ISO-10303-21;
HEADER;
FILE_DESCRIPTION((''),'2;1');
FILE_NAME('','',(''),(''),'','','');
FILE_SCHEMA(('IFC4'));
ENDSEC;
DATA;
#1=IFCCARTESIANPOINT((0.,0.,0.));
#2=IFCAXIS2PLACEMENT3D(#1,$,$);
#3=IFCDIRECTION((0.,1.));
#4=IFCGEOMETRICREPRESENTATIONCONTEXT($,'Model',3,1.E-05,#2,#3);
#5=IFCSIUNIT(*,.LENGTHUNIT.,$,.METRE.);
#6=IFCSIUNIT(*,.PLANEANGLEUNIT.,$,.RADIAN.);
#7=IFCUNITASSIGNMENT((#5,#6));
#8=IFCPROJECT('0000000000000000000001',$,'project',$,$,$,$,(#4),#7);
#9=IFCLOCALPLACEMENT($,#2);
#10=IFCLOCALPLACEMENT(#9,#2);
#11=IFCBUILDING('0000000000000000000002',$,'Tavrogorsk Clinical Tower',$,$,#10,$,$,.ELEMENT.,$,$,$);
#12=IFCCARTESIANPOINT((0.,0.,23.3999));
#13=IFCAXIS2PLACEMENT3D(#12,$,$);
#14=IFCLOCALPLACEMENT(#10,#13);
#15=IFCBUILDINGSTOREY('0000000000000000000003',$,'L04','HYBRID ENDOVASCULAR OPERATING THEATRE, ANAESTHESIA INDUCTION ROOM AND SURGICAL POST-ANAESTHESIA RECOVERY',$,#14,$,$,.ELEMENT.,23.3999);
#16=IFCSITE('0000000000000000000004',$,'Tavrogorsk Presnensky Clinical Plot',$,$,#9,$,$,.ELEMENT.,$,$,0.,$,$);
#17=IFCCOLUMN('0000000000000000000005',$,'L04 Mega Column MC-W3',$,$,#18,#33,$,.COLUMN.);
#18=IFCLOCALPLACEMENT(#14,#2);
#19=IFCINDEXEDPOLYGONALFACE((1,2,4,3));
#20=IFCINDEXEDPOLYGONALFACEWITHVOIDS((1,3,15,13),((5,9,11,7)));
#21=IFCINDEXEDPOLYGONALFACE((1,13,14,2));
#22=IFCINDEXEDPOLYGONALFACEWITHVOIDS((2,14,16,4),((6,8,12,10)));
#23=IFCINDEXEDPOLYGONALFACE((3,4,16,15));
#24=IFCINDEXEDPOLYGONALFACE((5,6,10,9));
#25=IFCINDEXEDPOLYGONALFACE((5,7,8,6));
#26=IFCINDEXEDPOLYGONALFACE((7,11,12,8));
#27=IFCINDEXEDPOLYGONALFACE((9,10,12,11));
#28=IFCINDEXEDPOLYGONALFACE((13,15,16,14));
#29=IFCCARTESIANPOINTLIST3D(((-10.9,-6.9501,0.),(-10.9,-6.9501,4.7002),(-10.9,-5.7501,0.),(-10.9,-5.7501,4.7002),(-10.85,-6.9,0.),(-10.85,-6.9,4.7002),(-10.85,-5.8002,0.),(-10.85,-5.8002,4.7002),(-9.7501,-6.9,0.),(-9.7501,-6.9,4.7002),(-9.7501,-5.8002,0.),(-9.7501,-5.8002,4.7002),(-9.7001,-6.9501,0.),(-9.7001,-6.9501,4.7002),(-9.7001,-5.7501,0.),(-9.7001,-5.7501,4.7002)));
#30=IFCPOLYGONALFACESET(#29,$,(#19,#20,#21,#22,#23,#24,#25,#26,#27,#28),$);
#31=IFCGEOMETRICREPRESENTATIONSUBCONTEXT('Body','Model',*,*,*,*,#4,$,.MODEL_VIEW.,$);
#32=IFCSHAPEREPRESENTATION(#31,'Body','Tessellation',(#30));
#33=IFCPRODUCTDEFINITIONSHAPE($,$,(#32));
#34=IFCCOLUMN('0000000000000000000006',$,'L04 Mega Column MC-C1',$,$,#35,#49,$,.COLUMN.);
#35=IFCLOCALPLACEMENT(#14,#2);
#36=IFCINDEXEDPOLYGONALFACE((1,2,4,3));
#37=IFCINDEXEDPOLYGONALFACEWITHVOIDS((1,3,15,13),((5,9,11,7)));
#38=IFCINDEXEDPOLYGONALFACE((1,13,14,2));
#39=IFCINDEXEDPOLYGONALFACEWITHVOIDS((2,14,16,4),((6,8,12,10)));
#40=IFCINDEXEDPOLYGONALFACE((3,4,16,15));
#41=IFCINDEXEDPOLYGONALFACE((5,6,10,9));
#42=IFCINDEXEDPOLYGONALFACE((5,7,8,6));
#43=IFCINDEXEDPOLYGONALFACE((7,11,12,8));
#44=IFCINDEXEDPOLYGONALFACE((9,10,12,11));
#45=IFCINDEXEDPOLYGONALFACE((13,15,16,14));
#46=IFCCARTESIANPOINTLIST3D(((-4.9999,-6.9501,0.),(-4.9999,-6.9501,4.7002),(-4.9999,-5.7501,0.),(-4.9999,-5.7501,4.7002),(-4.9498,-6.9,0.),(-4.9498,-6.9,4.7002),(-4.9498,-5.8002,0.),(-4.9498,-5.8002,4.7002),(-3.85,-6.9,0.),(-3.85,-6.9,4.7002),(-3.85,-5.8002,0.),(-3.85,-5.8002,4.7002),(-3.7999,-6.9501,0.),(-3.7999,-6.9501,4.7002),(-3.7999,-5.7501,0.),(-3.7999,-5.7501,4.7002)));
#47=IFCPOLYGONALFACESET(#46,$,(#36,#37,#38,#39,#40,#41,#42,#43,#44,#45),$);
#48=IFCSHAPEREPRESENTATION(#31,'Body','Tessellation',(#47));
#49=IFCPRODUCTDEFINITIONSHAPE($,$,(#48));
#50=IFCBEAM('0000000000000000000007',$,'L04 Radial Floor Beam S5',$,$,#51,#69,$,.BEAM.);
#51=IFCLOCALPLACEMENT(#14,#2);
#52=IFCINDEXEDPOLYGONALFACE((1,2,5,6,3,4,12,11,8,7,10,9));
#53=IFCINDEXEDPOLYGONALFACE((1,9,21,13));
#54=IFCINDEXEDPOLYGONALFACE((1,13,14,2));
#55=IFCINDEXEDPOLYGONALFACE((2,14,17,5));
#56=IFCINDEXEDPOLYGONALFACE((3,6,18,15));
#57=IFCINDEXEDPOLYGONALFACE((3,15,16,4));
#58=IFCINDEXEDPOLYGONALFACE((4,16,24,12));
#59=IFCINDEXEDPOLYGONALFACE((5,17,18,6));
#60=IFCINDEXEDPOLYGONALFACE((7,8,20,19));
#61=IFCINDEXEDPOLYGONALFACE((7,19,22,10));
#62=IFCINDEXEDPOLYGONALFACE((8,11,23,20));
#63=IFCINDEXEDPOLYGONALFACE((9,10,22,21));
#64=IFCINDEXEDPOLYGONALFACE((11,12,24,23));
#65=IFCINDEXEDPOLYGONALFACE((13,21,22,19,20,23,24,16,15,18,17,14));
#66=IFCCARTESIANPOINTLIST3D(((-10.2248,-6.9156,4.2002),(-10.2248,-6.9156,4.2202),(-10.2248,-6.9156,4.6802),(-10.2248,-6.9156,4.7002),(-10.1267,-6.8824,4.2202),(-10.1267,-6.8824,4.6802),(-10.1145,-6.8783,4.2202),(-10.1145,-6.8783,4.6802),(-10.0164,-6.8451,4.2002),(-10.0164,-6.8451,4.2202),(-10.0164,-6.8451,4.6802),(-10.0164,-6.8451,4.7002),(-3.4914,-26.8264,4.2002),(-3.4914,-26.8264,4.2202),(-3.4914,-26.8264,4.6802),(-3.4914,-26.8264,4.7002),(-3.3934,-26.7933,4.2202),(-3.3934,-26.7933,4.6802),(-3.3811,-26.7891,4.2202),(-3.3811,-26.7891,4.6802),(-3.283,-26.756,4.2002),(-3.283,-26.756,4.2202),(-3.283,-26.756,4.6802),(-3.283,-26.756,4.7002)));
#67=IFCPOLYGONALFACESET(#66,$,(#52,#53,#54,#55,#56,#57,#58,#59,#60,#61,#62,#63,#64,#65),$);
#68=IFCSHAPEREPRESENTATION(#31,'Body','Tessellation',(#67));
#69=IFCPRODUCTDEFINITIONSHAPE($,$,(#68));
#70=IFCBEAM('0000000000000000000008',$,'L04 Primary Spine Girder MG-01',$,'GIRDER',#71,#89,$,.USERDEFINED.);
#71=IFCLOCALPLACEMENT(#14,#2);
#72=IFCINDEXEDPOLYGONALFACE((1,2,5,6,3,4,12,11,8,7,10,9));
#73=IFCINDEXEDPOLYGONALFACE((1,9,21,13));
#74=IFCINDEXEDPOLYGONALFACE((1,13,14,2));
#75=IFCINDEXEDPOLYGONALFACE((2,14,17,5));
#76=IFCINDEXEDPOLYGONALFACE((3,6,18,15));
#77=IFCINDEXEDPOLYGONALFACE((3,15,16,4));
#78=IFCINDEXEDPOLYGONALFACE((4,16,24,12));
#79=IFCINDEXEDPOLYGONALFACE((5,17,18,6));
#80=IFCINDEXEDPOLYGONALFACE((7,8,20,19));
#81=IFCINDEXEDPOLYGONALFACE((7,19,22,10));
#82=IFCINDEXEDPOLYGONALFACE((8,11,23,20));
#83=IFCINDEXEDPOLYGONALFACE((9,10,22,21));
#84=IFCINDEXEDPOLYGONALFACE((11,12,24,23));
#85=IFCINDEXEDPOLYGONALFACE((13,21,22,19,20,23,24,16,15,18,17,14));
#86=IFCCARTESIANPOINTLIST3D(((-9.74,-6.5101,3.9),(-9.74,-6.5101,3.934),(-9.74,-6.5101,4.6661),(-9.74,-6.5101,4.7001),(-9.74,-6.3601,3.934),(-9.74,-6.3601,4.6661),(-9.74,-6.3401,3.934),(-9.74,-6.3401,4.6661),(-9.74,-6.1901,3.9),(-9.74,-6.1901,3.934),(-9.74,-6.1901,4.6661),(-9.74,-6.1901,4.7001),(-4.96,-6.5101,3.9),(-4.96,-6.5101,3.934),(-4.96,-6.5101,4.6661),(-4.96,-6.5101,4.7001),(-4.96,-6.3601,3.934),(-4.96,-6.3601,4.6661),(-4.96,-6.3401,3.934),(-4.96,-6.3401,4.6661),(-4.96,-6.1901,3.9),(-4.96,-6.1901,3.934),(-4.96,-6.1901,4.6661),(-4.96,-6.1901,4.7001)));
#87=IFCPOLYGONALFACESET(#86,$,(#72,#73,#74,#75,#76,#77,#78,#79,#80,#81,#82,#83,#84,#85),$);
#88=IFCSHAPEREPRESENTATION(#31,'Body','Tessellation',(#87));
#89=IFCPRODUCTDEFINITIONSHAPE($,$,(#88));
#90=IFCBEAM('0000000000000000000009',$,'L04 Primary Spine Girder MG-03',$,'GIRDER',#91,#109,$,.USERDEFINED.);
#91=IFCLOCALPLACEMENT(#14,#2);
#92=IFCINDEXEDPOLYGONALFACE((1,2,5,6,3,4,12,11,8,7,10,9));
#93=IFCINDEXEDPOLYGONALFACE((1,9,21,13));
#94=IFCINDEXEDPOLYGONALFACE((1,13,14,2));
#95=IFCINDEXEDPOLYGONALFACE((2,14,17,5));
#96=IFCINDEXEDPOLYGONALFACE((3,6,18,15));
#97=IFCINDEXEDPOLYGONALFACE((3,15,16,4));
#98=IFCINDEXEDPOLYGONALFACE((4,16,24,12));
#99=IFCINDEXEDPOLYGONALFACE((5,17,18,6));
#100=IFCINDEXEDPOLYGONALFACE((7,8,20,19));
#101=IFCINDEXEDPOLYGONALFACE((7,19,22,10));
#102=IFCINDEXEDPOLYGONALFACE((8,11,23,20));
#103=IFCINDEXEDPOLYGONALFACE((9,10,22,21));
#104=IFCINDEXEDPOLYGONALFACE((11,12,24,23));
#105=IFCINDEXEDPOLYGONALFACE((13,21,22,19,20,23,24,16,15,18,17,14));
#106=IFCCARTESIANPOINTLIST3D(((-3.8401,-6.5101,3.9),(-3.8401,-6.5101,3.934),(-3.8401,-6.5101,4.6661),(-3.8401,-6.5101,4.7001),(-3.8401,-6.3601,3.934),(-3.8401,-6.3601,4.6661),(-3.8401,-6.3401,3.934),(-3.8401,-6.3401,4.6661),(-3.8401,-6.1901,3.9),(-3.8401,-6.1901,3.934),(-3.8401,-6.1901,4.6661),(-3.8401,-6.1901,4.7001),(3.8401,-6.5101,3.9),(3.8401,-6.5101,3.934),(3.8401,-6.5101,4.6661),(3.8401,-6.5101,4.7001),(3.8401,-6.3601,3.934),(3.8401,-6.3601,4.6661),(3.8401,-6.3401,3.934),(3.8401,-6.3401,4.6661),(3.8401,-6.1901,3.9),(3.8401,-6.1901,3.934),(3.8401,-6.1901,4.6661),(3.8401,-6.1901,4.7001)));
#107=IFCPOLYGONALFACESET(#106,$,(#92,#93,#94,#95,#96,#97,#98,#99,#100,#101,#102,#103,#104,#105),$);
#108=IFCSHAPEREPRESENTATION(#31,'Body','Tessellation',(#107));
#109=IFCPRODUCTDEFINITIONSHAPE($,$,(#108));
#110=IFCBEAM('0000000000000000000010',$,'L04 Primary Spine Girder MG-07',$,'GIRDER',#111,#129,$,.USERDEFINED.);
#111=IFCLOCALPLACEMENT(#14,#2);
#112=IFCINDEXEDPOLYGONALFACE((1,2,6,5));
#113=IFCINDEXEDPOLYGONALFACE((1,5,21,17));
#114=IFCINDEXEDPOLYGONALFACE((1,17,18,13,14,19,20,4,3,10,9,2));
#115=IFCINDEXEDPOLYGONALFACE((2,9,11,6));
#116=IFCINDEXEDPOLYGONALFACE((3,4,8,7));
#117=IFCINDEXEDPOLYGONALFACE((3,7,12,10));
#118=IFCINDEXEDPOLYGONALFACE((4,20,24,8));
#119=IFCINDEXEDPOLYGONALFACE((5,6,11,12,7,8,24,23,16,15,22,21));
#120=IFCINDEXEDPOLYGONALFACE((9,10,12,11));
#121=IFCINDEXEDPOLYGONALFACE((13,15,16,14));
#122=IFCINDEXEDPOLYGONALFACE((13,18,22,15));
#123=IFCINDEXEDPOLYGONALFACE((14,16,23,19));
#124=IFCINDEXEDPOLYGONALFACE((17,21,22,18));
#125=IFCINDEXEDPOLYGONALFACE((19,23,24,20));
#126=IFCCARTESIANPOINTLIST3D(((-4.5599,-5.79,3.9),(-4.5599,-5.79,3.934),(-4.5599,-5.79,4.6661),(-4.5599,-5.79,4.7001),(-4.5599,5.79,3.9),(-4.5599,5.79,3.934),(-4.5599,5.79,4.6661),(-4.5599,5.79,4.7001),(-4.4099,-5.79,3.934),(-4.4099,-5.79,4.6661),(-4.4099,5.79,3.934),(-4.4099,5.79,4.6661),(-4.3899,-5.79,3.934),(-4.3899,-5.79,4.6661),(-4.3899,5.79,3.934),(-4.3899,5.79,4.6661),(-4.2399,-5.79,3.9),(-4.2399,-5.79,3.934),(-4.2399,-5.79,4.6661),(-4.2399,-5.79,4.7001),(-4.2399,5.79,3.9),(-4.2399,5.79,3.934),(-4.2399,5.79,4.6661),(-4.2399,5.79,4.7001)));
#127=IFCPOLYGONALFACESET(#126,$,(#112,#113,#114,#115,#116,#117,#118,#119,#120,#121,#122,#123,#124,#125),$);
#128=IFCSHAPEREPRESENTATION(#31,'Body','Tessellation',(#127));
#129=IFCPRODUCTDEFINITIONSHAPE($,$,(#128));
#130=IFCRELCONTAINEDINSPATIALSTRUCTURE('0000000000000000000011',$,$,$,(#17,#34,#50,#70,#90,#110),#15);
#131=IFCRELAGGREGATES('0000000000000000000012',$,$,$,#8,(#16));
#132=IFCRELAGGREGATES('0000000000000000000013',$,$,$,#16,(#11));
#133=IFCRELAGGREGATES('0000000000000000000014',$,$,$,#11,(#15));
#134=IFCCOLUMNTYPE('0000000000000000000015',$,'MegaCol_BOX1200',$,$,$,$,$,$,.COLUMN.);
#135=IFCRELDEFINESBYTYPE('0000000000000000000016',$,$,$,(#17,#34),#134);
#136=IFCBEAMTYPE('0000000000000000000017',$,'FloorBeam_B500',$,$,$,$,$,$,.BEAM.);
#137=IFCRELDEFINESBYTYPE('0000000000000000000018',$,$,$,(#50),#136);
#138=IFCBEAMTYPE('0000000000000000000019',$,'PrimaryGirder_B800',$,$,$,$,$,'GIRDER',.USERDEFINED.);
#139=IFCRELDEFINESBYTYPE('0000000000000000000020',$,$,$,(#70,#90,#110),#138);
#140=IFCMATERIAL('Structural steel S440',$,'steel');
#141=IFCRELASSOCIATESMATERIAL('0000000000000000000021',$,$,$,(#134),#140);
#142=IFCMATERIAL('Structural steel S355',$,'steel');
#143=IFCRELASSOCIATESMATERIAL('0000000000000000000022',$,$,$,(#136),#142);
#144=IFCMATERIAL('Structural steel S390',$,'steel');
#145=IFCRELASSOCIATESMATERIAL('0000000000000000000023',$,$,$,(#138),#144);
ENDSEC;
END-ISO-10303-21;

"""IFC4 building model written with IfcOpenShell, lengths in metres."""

from ifc_helpers import new_model, si_unit, direction, frame, origin, origin_2d, place, context, subcontext, project, spatial, hollow_rectangle, i_section, extrude, material, material_profile, profile_set, type_object, element, save


model = new_model("IFC4")

# Units and contexts
model_context = context("Model", 3, precision=1e-05, world=origin(), true_north=direction((0.0, 1.0)))
body_context = subcontext(model_context, "Body", "Model", "MODEL_VIEW")
ifc_project = project(units=[si_unit("LENGTHUNIT", "METRE"), si_unit("PLANEANGLEUNIT", "RADIAN")], contexts=[model_context])

# Site, building, storey
site_placement = place(None, origin())
site = spatial("IfcSite", under=ifc_project, at=site_placement, Name="Tavrogorsk Presnensky Clinical Plot", CompositionType="ELEMENT", RefElevation=0.0)
building_placement = place(site_placement, origin())
building = spatial("IfcBuilding", under=site, at=building_placement, Name="Tavrogorsk Clinical Tower", CompositionType="ELEMENT")
storey_placement = place(building_placement, frame((0.0, 0.0, 23.3999)))
storey = spatial("IfcBuildingStorey", under=building, at=storey_placement, Name="L04", Description="HYBRID ENDOVASCULAR OPERATING THEATRE, ANAESTHESIA INDUCTION ROOM AND SURGICAL POST-ANAESTHESIA RECOVERY", CompositionType="ELEMENT", Elevation=23.3999)

# Columns
ifc_material_1 = material(Name="Structural steel S440", Category="steel")
ifc_material_profile_1 = material_profile(ifc_material_1, hollow_rectangle(XDim=1.2, YDim=1.2, WallThickness=0.05, at=origin_2d()), Name="BOX-1200x1200x50")
ifc_profile_set_1 = profile_set([ifc_material_profile_1], Name="Structural steel S440")
column_type = type_object("IfcColumnType", Name="MegaCol_BOX1200", PredefinedType="COLUMN", material=ifc_profile_set_1)
for number, where, z_axis, x_axis, name in (
    (1, (-10.3, -6.3501, 0.0), (0.0, 0.0, 1.0), (1.0, 0.0, 0.0), "L04 Mega Column MC-W3"),
    (2, (-4.3999, -6.3501, 0.0), (0.0, 0.0, 1.0), (1.0, 0.0, 0.0), "L04 Mega Column MC-C1"),
):
    element("IfcColumn", number, at=place(storey_placement, frame(where, z_axis=z_axis, x_axis=x_axis)), inside=storey, type_object=column_type, Name=name, PredefinedType="COLUMN", context=body_context, shape_type="SweptSolid", body=[
        extrude(hollow_rectangle(XDim=1.2, YDim=1.2, WallThickness=0.05, at=origin_2d()), origin(), (0.0, 0.0, 1.0), 4.7002),
    ])

# Beams
ifc_material_2 = material(Name="Structural steel S355", Category="steel")
ifc_material_profile_2 = material_profile(ifc_material_2, i_section(OverallWidth=0.22, OverallDepth=0.5, WebThickness=0.0129, FlangeThickness=0.02, at=origin_2d()), Name="B-500x220x13x20")
ifc_profile_set_2 = profile_set([ifc_material_profile_2], Name="Structural steel S355")
beam_type_1 = type_object("IfcBeamType", Name="FloorBeam_B500", PredefinedType="BEAM", material=ifc_profile_set_2)
beam_1_placement = place(storey_placement, frame((-10.1206, -6.8804, 4.4502), z_axis=(0.320354, -0.947298, 0.0), x_axis=(0.947298, 0.320354, 0.0)))
element("IfcBeam", 3, at=beam_1_placement, inside=storey, type_object=beam_type_1, Name="L04 Radial Floor Beam S5", PredefinedType="BEAM", context=body_context, shape_type="SweptSolid", body=[
    extrude(i_section(OverallWidth=0.22, OverallDepth=0.5, WebThickness=0.0129, FlangeThickness=0.02, at=origin_2d()), origin(), (0.0, 0.0, 1.0), 21.0186),
])
ifc_material_3 = material(Name="Structural steel S390", Category="steel")
ifc_material_profile_3 = material_profile(ifc_material_3, i_section(OverallWidth=0.3201, OverallDepth=0.8, WebThickness=0.02, FlangeThickness=0.0339, at=origin_2d()), Name="B-800x320x20x34")
ifc_profile_set_3 = profile_set([ifc_material_profile_3], Name="Structural steel S390")
beam_type_2 = type_object("IfcBeamType", Name="PrimaryGirder_B800", ElementType="GIRDER", PredefinedType="USERDEFINED", material=ifc_profile_set_3)
beam_2_placement = place(storey_placement, frame((-9.74, -6.3501, 4.3), z_axis=(1.0, 0.0, 0.0), x_axis=(0.0, 1.0, 0.0)))
element("IfcBeam", 4, at=beam_2_placement, inside=storey, type_object=beam_type_2, Name="L04 Primary Spine Girder MG-01", ObjectType="GIRDER", PredefinedType="USERDEFINED", context=body_context, shape_type="SweptSolid", body=[
    extrude(i_section(OverallWidth=0.3201, OverallDepth=0.8, WebThickness=0.02, FlangeThickness=0.0339, at=origin_2d()), origin(), (0.0, 0.0, 1.0), 4.78),
])
beam_3_placement = place(storey_placement, frame((-3.8401, -6.3501, 4.3), z_axis=(1.0, 0.0, 0.0), x_axis=(0.0, 1.0, 0.0)))
element("IfcBeam", 5, at=beam_3_placement, inside=storey, type_object=beam_type_2, Name="L04 Primary Spine Girder MG-03", ObjectType="GIRDER", PredefinedType="USERDEFINED", context=body_context, shape_type="SweptSolid", body=[
    extrude(i_section(OverallWidth=0.3201, OverallDepth=0.8, WebThickness=0.02, FlangeThickness=0.0339, at=origin_2d()), origin(), (0.0, 0.0, 1.0), 7.6802),
])
beam_4_placement = place(storey_placement, frame((-4.3999, -5.79, 4.3), z_axis=(0.0, 1.0, 0.0), x_axis=(-1.0, 0.0, 0.0)))
element("IfcBeam", 6, at=beam_4_placement, inside=storey, type_object=beam_type_2, Name="L04 Primary Spine Girder MG-07", ObjectType="GIRDER", PredefinedType="USERDEFINED", context=body_context, shape_type="SweptSolid", body=[
    extrude(i_section(OverallWidth=0.3201, OverallDepth=0.8, WebThickness=0.02, FlangeThickness=0.0339, at=origin_2d()), origin(), (0.0, 0.0, 1.0), 11.5801),
])

save(model, "model.ifc")
